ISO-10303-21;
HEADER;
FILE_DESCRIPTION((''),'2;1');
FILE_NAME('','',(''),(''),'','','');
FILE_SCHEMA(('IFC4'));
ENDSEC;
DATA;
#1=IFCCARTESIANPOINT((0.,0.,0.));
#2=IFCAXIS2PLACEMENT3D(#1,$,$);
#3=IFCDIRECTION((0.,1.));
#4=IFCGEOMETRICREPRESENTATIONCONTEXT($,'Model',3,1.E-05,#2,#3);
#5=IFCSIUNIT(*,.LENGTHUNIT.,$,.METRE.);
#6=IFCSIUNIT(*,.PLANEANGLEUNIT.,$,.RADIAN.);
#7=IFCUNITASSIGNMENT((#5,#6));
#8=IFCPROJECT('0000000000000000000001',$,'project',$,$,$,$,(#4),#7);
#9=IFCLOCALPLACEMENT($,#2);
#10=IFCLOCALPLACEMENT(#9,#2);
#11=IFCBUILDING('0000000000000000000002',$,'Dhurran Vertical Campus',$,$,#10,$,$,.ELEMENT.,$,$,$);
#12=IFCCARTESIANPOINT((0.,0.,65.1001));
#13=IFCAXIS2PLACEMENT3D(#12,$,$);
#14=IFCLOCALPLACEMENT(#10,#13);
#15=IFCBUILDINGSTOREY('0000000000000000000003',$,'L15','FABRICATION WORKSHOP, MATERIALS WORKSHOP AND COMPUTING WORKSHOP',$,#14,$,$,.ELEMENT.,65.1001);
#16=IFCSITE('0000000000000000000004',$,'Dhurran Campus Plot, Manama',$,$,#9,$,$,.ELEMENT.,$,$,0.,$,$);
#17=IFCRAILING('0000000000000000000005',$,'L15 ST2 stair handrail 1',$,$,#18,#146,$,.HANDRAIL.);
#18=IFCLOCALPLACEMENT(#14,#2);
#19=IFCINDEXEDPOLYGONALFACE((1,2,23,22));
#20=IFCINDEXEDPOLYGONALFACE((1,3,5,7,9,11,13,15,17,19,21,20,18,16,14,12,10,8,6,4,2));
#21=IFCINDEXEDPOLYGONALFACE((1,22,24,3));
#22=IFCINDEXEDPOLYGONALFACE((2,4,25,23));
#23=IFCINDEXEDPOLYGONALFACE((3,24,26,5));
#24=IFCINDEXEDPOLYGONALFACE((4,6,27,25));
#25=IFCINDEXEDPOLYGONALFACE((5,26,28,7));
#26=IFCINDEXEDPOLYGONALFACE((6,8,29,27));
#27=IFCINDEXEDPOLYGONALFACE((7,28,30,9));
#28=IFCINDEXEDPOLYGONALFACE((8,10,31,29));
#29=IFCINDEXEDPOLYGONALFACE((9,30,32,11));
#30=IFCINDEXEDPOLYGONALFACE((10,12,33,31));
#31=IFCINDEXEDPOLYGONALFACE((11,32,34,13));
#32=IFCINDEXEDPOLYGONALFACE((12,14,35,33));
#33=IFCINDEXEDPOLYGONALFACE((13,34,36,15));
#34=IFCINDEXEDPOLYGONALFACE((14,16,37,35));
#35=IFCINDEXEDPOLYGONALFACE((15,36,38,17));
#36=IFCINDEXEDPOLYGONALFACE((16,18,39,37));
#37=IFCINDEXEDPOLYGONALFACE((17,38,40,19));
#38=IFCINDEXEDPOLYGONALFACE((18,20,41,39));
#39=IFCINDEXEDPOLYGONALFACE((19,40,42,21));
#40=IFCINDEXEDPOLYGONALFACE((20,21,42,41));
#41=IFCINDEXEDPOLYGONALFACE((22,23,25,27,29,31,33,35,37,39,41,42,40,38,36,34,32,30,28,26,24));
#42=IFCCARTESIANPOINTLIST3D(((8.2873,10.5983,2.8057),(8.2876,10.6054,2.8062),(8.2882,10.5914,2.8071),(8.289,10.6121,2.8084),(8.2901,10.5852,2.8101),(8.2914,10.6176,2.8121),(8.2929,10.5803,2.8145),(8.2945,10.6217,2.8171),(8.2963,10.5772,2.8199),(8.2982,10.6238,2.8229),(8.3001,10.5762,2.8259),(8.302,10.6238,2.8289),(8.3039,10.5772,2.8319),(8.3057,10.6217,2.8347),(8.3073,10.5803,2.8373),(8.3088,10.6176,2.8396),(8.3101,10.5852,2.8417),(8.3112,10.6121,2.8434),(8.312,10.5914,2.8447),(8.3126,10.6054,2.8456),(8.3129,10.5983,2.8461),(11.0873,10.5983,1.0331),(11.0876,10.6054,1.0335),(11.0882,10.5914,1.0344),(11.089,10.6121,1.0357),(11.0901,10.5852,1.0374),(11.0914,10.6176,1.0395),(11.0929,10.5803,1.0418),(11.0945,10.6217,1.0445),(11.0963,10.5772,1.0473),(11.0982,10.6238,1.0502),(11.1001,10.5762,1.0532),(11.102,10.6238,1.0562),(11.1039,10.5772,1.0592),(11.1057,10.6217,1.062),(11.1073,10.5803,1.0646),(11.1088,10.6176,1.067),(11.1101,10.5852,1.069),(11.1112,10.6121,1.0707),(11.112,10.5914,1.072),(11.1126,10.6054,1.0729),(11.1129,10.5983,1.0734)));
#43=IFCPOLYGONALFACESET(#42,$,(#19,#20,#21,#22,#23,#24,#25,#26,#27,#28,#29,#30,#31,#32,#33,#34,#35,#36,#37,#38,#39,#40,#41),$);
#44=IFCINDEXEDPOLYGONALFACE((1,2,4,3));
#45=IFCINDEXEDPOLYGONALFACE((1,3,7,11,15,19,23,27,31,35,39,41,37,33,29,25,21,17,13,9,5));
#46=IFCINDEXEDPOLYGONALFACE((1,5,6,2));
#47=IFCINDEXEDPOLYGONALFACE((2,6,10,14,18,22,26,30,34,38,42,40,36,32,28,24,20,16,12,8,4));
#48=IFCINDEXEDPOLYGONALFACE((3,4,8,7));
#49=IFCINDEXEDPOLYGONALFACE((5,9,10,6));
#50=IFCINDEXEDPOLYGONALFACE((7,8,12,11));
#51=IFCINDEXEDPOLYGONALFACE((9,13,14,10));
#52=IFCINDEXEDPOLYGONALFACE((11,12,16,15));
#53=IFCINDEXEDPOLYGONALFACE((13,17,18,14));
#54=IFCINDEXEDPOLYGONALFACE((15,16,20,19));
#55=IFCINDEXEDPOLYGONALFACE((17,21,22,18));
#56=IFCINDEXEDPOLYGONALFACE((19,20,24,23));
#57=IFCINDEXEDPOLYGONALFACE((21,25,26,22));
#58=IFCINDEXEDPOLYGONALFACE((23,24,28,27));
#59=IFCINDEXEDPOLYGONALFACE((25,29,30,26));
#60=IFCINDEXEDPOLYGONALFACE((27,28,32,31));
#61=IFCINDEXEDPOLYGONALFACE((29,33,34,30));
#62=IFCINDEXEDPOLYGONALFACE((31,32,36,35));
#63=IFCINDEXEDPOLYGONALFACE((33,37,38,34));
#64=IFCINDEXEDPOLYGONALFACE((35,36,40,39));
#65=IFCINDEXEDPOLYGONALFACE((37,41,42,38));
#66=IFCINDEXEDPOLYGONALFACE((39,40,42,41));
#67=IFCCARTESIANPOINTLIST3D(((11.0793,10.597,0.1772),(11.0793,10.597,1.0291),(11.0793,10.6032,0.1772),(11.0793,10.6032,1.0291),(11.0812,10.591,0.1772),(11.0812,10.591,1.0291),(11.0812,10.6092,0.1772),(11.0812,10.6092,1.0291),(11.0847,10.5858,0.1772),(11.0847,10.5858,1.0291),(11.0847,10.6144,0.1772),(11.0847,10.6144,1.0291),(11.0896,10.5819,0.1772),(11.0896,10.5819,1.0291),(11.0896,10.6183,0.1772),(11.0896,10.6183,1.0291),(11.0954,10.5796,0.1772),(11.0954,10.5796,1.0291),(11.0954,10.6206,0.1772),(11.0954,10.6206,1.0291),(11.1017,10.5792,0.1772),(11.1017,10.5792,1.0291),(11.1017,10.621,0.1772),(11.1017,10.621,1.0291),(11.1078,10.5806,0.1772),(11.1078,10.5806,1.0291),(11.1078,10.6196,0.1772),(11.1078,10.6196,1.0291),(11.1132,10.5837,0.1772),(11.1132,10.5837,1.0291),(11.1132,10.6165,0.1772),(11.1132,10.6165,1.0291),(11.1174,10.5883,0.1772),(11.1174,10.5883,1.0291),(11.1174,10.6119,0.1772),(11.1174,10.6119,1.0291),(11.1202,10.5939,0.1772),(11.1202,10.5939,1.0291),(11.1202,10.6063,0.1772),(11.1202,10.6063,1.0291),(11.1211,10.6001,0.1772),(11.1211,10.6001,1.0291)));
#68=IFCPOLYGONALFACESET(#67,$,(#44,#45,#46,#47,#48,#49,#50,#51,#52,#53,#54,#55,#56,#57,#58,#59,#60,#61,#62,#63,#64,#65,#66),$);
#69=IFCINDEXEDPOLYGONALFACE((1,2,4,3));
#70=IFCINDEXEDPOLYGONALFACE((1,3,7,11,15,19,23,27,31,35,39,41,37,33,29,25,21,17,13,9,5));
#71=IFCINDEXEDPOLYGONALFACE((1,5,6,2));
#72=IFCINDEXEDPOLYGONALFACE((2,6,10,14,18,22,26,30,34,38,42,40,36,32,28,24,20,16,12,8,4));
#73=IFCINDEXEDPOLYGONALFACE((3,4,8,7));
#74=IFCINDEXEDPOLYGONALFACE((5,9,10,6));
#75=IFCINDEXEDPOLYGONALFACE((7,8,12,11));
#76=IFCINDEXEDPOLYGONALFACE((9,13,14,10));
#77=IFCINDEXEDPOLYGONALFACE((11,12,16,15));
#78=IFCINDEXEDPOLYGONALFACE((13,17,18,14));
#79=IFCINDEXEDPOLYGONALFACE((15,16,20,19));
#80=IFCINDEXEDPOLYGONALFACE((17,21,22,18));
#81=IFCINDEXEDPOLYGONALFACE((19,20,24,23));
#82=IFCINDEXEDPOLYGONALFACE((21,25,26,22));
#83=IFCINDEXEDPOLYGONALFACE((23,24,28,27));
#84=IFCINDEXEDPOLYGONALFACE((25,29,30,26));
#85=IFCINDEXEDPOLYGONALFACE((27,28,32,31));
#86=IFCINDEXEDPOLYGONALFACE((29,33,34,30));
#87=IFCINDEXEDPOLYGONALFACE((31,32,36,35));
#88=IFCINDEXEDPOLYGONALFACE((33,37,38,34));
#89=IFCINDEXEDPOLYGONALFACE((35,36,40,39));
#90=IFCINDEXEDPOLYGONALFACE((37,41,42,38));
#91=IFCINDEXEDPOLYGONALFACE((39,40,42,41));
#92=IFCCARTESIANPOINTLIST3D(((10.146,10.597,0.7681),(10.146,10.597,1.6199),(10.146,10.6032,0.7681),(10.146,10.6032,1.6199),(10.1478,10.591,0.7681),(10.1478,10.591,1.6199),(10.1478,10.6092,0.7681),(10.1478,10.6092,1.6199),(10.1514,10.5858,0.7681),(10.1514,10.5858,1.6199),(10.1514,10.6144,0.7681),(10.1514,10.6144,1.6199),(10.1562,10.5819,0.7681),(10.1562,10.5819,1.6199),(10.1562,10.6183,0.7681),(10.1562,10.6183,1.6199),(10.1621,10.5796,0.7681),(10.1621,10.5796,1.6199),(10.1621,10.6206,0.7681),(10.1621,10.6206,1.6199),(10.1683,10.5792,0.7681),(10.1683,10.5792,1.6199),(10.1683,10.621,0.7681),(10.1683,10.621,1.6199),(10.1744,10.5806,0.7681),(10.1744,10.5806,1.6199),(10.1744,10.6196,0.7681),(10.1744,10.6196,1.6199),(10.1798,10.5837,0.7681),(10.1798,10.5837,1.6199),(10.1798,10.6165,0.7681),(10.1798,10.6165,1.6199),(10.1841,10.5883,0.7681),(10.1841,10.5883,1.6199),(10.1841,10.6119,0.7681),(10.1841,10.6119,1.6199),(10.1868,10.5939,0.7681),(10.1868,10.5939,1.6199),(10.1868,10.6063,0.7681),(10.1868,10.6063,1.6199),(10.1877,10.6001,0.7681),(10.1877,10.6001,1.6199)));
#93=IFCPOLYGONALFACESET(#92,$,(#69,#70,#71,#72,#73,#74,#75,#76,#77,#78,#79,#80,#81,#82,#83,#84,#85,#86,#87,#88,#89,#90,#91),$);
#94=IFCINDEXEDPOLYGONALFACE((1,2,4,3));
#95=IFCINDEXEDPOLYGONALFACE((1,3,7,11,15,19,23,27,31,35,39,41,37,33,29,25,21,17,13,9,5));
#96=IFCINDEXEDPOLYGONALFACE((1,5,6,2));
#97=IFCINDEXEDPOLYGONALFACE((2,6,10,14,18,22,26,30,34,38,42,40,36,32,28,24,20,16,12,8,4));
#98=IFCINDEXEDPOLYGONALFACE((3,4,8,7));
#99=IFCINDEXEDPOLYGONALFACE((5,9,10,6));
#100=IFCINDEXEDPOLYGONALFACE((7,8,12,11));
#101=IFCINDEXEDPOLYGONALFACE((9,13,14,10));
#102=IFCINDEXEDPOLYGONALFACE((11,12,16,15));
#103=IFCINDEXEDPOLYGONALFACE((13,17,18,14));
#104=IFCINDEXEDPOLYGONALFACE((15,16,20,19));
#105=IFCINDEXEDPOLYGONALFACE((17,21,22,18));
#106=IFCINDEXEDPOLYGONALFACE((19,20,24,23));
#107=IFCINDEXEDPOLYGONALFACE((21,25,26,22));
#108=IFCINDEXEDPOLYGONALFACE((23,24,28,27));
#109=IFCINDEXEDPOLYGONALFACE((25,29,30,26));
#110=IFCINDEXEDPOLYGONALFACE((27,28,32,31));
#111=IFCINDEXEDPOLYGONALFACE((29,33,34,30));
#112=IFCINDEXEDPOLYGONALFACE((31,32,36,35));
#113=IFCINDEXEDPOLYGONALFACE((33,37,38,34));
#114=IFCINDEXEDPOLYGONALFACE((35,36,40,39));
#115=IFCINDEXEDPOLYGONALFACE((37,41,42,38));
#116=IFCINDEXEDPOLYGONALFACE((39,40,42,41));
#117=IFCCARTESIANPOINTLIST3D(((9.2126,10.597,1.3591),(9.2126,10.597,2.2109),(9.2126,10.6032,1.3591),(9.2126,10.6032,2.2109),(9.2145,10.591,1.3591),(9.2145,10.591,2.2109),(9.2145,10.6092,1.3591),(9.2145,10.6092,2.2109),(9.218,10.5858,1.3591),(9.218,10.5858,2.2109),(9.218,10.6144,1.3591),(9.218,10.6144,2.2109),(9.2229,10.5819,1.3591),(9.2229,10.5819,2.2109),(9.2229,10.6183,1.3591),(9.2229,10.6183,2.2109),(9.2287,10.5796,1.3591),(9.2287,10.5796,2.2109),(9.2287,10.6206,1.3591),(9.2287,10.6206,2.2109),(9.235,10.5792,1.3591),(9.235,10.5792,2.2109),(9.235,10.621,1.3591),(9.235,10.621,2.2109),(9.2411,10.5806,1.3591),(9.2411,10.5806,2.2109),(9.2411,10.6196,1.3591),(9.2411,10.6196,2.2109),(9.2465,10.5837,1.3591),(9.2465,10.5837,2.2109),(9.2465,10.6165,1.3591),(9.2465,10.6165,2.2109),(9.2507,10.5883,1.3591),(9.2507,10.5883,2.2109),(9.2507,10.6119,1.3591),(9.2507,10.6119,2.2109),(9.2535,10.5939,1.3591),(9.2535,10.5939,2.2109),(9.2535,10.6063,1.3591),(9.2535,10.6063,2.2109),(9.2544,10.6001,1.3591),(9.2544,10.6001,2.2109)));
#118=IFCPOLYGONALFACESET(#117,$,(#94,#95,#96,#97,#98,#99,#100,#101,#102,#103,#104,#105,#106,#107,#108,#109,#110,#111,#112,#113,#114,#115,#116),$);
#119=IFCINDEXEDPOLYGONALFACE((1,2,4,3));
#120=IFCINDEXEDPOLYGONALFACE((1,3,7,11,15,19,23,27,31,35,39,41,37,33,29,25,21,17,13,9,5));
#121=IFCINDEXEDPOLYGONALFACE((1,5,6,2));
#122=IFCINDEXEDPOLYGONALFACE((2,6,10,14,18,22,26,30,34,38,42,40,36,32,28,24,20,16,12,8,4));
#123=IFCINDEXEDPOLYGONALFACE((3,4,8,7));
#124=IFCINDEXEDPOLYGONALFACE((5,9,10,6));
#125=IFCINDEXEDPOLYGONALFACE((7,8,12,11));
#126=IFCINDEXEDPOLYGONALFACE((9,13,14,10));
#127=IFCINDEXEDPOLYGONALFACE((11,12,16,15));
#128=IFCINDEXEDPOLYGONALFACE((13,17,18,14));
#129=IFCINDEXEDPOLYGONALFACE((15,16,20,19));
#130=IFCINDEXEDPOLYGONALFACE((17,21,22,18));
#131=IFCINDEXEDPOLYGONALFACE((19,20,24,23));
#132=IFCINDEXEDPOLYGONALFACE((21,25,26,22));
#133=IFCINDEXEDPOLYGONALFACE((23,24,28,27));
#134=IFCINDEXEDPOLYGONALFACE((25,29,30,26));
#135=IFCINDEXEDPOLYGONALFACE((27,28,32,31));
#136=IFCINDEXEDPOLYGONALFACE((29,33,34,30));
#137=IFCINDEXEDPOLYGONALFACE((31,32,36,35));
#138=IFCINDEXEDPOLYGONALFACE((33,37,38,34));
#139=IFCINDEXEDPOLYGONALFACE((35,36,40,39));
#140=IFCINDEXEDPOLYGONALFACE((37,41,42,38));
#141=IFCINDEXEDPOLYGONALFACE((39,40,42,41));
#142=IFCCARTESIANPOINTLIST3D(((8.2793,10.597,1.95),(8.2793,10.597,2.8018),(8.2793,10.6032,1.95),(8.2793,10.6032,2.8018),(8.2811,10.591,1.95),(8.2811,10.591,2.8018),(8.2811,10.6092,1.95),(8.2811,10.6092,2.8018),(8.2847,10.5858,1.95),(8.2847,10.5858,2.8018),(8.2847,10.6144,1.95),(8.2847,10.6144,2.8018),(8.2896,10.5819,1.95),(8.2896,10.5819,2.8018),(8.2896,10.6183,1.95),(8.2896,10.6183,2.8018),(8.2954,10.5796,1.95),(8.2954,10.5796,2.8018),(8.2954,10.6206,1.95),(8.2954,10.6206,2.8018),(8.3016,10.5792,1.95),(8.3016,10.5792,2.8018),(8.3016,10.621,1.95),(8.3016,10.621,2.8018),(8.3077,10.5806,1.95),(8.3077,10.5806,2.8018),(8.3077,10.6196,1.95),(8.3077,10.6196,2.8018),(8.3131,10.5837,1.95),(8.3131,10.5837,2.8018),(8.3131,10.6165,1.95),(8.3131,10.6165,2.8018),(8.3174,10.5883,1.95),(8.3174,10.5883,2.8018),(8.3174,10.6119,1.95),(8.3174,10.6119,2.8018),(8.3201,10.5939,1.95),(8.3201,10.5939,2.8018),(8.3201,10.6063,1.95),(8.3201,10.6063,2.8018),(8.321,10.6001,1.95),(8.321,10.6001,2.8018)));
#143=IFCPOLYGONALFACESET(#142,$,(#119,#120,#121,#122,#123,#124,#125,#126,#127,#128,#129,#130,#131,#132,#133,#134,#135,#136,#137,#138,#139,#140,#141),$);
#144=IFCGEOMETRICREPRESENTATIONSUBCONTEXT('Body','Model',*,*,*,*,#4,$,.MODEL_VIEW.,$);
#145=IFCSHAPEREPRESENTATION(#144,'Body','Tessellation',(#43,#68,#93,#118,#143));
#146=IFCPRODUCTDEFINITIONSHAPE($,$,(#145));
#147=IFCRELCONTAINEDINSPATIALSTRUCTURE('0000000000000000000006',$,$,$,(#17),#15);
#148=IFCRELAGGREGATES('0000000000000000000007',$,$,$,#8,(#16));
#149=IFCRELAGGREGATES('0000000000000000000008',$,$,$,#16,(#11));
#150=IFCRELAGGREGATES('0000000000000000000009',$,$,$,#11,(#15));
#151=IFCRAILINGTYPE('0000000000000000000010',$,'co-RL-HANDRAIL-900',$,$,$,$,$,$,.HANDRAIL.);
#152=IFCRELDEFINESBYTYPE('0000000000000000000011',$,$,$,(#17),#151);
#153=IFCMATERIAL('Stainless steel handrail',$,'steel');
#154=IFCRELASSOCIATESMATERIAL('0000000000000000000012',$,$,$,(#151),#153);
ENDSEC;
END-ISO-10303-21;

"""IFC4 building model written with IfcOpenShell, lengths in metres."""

from ifc_helpers import new_model, si_unit, direction, frame, origin, origin_2d, place, context, subcontext, project, spatial, circle, extrude, material, type_object, element, save


model = new_model("IFC4")

# Units and contexts
model_context = context("Model", 3, precision=1e-05, world=origin(), true_north=direction((0.0, 1.0)))
body_context = subcontext(model_context, "Body", "Model", "MODEL_VIEW")
ifc_project = project(units=[si_unit("LENGTHUNIT", "METRE"), si_unit("PLANEANGLEUNIT", "RADIAN")], contexts=[model_context])

# Site, building, storey
site_placement = place(None, origin())
site = spatial("IfcSite", under=ifc_project, at=site_placement, Name="Dhurran Campus Plot, Manama", CompositionType="ELEMENT", RefElevation=0.0)
building_placement = place(site_placement, origin())
building = spatial("IfcBuilding", under=site, at=building_placement, Name="Dhurran Vertical Campus", CompositionType="ELEMENT")
storey_placement = place(building_placement, frame((0.0, 0.0, 65.1001)))
storey = spatial("IfcBuildingStorey", under=building, at=storey_placement, Name="L15", Description="FABRICATION WORKSHOP, MATERIALS WORKSHOP AND COMPUTING WORKSHOP", CompositionType="ELEMENT", Elevation=65.1001)

# Railing
ifc_material_1 = material(Name="Stainless steel handrail", Category="steel")
railing_type_1 = type_object("IfcRailingType", Name="co-RL-HANDRAIL-900", PredefinedType="HANDRAIL", material=ifc_material_1)
railing_1_placement = place(storey_placement, frame((11.1001, 10.6001, 0.1772)))
element("IfcRailing", 1, at=railing_1_placement, inside=storey, type_object=railing_type_1, Name="L15 ST2 stair handrail 1", PredefinedType="HANDRAIL", context=body_context, shape_type="SweptSolid", body=[
    extrude(circle(Radius=0.0239, at=origin_2d()), frame((0.0, 0.0, 0.876), z_axis=(-0.844909, 0.0, 0.53491), x_axis=(0.0, -1.0, 0.0)), (0.0, 0.0, 1.0), 3.314),
    extrude(circle(Radius=0.021, at=origin_2d()), origin(), (0.0, 0.0, 1.0), 0.8518),
    extrude(circle(Radius=0.021, at=origin_2d()), frame((-0.9333, 0.0, 0.5908)), (0.0, 0.0, 1.0), 0.8518),
    extrude(circle(Radius=0.021, at=origin_2d()), frame((-1.8667, 0.0, 1.1819)), (0.0, 0.0, 1.0), 0.8518),
    extrude(circle(Radius=0.021, at=origin_2d()), frame((-2.8, 0.0, 1.7727)), (0.0, 0.0, 1.0), 0.8518),
])

save(model, "model.ifc")
